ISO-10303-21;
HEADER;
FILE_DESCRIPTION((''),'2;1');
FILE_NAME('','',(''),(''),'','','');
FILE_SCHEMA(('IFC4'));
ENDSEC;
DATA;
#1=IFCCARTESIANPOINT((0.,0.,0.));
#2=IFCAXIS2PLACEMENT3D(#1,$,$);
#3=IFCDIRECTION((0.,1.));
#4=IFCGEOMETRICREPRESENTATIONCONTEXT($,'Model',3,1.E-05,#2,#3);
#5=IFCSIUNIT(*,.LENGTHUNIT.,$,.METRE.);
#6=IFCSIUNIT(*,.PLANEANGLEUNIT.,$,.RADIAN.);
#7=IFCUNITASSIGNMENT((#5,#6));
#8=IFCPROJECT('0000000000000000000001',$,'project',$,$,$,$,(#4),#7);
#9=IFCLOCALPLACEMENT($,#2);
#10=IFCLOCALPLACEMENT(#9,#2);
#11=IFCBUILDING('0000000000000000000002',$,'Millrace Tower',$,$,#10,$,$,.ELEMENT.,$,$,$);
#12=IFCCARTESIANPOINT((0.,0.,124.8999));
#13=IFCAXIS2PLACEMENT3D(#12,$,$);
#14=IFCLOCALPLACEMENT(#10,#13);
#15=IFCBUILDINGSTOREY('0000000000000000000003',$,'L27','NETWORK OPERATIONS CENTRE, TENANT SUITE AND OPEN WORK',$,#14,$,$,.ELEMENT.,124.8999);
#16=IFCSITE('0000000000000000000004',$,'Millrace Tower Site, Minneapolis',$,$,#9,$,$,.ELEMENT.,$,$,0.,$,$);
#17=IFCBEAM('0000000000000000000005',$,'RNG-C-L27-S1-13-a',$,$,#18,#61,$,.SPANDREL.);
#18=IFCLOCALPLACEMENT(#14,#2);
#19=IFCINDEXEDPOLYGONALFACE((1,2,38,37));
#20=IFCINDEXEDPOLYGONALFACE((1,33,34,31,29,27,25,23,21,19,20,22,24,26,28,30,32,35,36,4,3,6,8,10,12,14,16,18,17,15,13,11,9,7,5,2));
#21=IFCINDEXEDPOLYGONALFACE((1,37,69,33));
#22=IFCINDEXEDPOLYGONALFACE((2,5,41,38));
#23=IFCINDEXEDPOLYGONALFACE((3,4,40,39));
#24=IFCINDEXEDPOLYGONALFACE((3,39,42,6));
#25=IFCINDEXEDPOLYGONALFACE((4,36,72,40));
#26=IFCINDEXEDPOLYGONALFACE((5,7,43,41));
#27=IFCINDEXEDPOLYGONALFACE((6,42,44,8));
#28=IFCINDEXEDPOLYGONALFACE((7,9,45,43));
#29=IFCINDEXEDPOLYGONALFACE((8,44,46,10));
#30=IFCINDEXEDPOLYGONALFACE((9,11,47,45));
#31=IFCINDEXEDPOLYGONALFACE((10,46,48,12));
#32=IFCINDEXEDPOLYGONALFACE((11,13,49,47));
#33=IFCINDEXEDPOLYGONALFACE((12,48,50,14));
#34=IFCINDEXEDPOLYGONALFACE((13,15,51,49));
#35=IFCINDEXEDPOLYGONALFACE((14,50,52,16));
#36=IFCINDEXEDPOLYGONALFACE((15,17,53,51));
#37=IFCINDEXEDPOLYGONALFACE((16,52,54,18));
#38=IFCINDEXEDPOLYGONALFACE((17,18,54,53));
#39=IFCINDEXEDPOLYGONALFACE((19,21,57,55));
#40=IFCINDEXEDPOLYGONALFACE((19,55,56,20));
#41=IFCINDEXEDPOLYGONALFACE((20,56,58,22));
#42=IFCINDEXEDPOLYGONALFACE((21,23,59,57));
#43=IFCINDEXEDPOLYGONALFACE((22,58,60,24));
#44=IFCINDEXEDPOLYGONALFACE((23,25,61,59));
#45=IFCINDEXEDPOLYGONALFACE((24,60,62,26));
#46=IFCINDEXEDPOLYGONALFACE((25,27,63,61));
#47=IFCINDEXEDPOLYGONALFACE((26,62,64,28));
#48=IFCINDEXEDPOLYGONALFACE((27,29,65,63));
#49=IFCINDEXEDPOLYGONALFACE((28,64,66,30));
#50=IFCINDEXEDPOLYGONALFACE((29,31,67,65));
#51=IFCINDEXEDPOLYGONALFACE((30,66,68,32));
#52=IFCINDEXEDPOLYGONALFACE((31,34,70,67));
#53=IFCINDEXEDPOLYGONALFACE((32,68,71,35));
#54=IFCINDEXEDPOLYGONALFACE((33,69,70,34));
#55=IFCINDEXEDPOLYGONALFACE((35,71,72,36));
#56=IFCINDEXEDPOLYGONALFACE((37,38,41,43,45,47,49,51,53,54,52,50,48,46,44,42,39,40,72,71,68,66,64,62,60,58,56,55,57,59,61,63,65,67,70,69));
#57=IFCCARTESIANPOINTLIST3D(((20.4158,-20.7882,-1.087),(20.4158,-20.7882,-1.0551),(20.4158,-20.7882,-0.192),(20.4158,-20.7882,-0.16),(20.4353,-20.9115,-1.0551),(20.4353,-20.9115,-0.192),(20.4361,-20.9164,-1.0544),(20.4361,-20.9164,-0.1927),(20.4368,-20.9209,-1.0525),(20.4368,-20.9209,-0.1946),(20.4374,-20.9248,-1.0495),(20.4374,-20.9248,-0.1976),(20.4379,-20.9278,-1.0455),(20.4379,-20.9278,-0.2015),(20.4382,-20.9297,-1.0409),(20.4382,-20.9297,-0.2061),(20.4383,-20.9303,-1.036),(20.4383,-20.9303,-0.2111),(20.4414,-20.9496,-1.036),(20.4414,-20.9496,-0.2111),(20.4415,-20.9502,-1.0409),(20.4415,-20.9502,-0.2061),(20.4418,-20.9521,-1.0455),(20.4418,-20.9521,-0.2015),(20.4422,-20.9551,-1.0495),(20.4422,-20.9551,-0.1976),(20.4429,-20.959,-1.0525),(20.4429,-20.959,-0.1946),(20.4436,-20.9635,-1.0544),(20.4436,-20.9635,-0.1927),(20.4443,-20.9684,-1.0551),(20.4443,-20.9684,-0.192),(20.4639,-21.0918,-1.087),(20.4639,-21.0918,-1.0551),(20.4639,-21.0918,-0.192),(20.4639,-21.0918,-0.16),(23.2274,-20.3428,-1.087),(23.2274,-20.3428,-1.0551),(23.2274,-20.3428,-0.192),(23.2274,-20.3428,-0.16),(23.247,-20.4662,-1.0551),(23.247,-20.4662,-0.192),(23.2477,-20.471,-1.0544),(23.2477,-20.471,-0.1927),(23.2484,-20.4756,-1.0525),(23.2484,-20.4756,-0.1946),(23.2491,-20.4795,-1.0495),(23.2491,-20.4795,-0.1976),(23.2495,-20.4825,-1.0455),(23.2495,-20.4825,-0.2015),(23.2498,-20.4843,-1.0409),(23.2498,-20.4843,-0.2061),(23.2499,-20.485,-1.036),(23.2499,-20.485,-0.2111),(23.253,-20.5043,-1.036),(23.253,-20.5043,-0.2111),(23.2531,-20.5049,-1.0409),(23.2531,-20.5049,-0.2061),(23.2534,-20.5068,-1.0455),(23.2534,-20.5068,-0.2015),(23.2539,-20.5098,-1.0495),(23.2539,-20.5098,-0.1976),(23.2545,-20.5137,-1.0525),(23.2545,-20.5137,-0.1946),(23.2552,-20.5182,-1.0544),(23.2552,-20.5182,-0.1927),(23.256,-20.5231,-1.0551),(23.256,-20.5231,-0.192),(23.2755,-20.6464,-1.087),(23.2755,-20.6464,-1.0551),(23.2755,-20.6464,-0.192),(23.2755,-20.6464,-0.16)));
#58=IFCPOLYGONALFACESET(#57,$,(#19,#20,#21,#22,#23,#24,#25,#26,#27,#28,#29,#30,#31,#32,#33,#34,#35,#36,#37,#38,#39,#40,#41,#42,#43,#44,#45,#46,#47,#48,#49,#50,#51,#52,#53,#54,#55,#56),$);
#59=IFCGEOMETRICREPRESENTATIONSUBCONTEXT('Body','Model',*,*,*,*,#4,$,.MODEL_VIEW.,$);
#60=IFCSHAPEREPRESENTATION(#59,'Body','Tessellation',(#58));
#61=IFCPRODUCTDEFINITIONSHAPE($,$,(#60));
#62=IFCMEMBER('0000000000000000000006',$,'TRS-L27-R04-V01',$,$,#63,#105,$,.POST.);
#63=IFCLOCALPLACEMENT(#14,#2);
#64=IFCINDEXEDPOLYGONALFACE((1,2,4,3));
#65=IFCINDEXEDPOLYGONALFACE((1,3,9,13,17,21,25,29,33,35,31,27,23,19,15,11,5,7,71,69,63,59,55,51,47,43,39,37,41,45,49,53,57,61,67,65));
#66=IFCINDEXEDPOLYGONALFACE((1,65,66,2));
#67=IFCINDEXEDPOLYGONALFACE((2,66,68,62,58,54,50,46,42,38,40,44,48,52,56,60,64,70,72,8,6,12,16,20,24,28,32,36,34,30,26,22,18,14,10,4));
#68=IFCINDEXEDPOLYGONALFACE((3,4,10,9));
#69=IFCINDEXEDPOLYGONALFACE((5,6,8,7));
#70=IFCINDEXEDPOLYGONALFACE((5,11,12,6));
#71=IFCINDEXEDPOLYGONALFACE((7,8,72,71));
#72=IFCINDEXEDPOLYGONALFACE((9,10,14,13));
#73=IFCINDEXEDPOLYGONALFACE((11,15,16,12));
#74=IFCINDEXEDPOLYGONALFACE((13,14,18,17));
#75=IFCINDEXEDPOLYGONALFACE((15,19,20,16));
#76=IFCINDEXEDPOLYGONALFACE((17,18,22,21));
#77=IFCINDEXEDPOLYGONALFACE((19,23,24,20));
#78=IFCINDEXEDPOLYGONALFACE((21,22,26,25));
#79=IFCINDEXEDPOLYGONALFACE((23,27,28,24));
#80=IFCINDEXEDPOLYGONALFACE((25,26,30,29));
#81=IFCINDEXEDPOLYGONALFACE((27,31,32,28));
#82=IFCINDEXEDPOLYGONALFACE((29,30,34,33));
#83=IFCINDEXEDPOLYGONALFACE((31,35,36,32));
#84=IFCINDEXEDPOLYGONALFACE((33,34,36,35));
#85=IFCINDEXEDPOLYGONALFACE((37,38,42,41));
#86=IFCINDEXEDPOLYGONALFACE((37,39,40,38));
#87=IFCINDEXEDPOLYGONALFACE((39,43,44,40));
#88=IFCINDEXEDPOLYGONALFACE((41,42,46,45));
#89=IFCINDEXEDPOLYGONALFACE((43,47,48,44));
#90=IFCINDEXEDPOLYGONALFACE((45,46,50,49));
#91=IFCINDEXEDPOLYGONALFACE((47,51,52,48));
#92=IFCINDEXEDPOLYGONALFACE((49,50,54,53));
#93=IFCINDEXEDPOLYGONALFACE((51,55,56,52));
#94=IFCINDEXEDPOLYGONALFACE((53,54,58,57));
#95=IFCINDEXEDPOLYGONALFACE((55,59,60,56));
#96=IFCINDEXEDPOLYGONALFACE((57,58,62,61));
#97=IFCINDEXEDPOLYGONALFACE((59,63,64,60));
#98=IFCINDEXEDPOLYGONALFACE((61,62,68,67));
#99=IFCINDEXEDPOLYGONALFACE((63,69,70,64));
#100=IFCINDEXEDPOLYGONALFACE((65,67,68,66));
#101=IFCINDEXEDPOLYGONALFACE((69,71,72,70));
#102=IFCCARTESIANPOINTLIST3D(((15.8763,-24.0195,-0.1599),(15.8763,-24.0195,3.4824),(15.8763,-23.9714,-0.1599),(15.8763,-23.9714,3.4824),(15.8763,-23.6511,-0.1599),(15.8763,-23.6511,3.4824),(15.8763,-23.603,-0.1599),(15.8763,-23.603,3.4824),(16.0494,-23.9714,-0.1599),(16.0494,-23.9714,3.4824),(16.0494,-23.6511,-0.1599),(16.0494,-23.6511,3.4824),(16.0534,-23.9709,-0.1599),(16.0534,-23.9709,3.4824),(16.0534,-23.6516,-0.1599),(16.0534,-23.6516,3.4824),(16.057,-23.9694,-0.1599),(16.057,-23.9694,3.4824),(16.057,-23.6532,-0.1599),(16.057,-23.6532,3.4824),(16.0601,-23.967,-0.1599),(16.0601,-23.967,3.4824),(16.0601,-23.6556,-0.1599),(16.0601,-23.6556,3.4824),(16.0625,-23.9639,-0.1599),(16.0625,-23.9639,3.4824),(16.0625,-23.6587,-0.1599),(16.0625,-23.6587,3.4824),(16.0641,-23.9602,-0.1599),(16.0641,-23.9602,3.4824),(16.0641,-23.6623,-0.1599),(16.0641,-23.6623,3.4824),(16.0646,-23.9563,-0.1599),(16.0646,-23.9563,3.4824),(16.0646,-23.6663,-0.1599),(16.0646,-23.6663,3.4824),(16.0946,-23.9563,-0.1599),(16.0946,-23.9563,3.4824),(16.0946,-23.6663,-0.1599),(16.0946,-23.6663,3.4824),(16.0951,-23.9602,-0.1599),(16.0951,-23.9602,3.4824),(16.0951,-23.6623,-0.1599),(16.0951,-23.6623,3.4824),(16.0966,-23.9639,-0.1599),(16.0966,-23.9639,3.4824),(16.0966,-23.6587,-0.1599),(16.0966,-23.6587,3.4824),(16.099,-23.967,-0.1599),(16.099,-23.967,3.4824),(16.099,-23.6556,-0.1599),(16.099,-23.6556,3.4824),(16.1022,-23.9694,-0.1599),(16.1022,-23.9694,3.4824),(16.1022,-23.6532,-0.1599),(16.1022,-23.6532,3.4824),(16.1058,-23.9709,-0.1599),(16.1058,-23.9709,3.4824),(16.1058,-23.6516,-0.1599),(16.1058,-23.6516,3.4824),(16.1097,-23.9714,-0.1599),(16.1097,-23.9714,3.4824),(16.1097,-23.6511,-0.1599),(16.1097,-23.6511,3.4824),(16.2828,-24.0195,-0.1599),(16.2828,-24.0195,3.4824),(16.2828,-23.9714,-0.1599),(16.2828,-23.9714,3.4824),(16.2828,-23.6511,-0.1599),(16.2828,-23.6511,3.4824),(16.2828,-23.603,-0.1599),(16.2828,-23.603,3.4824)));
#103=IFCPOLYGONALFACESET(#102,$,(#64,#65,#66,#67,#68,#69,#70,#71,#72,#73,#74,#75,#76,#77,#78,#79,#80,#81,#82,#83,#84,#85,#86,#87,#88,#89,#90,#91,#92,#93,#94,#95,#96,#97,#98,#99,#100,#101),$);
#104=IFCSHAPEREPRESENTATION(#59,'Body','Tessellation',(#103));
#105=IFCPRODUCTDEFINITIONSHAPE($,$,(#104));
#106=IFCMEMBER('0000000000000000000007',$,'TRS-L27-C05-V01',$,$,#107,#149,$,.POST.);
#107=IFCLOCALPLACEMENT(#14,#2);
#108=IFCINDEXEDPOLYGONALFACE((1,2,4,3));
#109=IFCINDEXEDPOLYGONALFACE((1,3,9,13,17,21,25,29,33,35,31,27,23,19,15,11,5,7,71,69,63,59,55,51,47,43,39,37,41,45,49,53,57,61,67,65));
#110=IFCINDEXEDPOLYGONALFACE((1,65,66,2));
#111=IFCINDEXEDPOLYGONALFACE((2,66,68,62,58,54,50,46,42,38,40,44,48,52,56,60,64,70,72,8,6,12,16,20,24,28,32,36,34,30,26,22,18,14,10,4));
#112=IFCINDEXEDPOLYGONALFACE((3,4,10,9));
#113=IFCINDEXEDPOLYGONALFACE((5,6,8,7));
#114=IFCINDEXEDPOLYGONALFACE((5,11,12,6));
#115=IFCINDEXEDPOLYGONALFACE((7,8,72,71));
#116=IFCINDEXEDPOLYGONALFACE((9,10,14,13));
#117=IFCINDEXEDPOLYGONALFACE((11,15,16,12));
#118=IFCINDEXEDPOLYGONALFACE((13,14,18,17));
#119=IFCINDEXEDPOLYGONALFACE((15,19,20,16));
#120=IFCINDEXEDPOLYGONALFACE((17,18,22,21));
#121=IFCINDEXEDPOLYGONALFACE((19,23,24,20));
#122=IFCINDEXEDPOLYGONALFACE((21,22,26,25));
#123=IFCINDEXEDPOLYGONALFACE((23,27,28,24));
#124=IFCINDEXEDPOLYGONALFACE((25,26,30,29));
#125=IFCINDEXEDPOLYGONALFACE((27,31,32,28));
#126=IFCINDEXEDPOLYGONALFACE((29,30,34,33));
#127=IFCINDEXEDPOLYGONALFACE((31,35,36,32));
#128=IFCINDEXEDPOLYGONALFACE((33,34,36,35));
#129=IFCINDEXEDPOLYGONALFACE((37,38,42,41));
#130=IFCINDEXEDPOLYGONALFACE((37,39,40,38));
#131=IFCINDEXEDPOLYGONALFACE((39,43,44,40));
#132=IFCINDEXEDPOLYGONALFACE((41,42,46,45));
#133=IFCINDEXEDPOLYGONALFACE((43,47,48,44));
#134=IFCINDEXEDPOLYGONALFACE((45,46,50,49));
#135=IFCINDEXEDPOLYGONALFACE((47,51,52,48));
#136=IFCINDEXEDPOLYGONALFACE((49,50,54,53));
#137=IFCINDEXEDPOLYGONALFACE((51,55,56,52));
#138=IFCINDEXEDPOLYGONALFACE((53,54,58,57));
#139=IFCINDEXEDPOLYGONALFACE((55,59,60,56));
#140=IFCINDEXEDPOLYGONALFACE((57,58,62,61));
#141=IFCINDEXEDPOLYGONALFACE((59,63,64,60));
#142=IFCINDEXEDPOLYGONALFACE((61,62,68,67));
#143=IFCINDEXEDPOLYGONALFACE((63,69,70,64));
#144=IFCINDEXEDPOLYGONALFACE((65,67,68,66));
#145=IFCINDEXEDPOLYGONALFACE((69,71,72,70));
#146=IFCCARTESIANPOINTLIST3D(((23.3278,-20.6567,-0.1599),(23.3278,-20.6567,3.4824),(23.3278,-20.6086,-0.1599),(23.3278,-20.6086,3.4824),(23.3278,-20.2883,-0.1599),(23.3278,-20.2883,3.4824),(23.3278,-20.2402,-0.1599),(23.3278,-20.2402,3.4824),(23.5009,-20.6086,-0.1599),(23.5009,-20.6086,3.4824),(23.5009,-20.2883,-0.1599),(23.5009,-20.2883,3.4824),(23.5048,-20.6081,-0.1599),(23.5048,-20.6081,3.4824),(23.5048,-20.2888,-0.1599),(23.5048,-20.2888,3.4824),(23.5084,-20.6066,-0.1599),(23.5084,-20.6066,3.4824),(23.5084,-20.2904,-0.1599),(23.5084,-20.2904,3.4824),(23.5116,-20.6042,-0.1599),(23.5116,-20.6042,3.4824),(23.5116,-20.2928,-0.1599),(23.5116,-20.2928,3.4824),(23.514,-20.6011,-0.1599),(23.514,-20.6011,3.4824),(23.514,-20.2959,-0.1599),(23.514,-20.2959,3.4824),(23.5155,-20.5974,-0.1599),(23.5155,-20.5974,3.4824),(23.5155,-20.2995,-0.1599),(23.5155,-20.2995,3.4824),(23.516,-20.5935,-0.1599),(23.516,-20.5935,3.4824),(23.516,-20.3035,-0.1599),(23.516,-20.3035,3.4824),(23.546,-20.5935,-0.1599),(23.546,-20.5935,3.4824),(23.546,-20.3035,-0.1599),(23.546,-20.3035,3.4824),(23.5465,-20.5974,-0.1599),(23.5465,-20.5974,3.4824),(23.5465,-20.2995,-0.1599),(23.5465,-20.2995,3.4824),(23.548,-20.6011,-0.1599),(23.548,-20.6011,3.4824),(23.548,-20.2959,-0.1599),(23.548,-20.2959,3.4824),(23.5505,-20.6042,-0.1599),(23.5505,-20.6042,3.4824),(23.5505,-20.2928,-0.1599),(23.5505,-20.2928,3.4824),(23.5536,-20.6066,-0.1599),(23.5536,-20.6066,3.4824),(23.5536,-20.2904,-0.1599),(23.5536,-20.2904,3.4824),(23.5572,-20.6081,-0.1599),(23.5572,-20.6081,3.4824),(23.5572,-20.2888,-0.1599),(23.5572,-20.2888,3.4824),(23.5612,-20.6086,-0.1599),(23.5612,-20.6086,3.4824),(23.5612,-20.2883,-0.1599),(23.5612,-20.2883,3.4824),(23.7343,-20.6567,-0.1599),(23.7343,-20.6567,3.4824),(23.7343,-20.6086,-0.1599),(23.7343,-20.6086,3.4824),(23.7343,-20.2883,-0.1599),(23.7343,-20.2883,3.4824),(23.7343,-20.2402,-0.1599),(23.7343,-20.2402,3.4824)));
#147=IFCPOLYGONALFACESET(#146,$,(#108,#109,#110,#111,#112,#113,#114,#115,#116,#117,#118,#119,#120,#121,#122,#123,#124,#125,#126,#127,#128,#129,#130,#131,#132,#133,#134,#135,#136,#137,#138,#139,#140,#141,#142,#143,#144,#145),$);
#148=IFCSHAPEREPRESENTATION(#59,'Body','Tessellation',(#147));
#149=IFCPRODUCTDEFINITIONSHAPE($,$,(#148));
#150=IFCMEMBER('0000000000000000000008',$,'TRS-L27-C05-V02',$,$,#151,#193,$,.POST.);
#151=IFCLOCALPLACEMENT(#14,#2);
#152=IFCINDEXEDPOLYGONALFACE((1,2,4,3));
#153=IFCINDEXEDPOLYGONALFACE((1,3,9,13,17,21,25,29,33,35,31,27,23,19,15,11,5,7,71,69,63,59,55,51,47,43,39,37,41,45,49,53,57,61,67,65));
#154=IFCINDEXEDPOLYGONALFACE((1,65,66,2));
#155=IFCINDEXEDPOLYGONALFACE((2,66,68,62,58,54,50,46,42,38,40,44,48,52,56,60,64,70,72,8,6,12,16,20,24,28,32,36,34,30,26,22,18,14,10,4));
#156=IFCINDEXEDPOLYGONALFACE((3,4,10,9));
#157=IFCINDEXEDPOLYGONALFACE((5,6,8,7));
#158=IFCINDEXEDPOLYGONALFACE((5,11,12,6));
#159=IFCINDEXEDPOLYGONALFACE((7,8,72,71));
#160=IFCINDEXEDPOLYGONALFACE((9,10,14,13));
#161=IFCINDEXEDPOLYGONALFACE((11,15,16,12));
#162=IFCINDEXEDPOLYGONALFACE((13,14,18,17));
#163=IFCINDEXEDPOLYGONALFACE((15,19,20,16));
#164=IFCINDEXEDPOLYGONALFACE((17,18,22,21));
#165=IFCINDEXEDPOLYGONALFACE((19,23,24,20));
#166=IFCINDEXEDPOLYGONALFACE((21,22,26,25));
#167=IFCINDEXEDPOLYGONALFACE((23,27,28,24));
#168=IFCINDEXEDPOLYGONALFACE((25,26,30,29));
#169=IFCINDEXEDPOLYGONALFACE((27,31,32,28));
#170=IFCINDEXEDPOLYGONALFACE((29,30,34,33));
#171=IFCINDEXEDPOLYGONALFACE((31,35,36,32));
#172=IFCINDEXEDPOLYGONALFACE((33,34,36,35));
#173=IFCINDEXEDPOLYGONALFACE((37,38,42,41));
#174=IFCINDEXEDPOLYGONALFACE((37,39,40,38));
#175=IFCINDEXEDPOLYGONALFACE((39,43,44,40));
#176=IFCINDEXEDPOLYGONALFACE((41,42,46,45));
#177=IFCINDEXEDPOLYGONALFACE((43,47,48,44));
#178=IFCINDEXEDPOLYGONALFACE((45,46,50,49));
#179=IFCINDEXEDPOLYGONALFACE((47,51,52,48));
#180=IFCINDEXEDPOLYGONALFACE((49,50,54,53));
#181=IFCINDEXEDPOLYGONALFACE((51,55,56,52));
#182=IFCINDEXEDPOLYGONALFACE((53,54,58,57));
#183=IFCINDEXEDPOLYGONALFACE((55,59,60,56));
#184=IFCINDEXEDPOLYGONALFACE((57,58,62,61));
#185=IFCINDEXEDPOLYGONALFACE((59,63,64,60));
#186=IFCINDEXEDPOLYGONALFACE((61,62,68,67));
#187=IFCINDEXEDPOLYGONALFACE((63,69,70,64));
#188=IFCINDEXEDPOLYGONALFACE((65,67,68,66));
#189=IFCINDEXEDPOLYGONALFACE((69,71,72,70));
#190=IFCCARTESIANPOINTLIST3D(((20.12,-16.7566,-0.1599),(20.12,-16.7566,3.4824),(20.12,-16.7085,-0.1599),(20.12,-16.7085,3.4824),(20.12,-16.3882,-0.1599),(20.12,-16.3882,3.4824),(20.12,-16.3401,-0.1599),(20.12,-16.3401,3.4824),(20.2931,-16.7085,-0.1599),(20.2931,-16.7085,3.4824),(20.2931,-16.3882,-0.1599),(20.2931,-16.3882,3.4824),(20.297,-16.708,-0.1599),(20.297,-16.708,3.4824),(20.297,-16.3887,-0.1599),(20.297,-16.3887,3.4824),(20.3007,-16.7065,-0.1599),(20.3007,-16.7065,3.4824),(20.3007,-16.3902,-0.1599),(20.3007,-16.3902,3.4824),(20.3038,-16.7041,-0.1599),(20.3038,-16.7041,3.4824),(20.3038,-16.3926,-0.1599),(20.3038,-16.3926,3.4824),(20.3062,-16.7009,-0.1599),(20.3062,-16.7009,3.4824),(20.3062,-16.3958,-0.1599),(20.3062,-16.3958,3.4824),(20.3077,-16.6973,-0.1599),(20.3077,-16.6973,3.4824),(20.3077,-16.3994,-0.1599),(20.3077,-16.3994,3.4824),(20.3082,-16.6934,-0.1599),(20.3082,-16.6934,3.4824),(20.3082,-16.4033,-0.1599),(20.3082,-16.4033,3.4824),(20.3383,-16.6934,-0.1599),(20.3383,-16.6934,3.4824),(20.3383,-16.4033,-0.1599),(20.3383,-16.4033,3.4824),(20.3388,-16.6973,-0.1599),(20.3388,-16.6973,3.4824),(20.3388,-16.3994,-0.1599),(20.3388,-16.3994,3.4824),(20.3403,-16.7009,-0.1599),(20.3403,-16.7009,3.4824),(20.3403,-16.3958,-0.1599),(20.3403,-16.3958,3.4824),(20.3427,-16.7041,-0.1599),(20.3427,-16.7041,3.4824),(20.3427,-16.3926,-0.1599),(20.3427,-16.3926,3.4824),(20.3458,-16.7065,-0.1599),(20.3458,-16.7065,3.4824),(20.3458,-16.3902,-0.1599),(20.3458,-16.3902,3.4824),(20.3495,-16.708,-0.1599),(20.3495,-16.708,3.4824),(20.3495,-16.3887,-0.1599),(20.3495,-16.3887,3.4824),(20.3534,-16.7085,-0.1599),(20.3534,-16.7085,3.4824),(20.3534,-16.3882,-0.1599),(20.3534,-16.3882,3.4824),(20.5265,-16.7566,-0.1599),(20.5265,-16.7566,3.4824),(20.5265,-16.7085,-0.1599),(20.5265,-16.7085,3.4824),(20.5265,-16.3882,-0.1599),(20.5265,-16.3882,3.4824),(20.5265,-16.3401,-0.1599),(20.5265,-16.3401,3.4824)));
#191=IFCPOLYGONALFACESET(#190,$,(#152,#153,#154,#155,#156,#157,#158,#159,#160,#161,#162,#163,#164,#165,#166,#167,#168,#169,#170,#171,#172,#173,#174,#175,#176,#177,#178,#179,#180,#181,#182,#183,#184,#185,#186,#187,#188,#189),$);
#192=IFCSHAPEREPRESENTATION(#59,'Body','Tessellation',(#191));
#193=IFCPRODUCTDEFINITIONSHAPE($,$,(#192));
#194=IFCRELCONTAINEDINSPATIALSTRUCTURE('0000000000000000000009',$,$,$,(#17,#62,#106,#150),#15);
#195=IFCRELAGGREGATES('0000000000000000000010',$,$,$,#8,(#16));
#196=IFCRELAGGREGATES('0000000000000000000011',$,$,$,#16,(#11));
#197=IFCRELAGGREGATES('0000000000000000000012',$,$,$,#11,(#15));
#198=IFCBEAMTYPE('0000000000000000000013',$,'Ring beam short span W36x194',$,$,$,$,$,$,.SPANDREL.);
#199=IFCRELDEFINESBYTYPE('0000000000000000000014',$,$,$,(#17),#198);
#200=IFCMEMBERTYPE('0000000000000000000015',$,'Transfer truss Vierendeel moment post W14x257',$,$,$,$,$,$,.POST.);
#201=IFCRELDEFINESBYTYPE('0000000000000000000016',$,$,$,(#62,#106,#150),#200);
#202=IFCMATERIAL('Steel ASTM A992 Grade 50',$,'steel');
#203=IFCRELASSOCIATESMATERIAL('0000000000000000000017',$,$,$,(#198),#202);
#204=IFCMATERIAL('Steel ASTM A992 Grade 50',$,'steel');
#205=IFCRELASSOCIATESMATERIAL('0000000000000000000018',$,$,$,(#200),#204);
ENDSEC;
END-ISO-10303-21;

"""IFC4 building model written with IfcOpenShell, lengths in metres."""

from ifc_helpers import new_model, si_unit, direction, frame, origin, origin_2d, place, context, subcontext, project, spatial, i_section, extrude, material, material_profile, profile_set, type_object, element, save


model = new_model("IFC4")

# Units and contexts
model_context = context("Model", 3, precision=1e-05, world=origin(), true_north=direction((0.0, 1.0)))
body_context = subcontext(model_context, "Body", "Model", "MODEL_VIEW")
ifc_project = project(units=[si_unit("LENGTHUNIT", "METRE"), si_unit("PLANEANGLEUNIT", "RADIAN")], contexts=[model_context])

# Site, building, storey
site_placement = place(None, origin())
site = spatial("IfcSite", under=ifc_project, at=site_placement, Name="Millrace Tower Site, Minneapolis", CompositionType="ELEMENT", RefElevation=0.0)
building_placement = place(site_placement, origin())
building = spatial("IfcBuilding", under=site, at=building_placement, Name="Millrace Tower", CompositionType="ELEMENT")
storey_placement = place(building_placement, frame((0.0, 0.0, 124.8999)))
storey = spatial("IfcBuildingStorey", under=building, at=storey_placement, Name="L27", Description="NETWORK OPERATIONS CENTRE, TENANT SUITE AND OPEN WORK", CompositionType="ELEMENT", Elevation=124.8999)

# Beam
ifc_material_1 = material(Name="Steel ASTM A992 Grade 50", Category="steel")
ifc_material_profile_1 = material_profile(ifc_material_1, i_section(OverallWidth=0.3074, OverallDepth=0.927, WebThickness=0.0195, FlangeThickness=0.032, FilletRadius=0.019, at=origin_2d()))
ifc_profile_set_1 = profile_set([ifc_material_profile_1], Name="Steel ASTM A992 Grade 50")
beam_type_1 = type_object("IfcBeamType", Name="Ring beam short span W36x194", PredefinedType="SPANDREL", material=ifc_profile_set_1)
beam_1_placement = place(storey_placement, frame((23.2515, -20.4946, -0.6235), z_axis=(-0.987688, -0.156438, 0.0), x_axis=(0.156438, -0.987688, 0.0)))
element("IfcBeam", 1, at=beam_1_placement, inside=storey, type_object=beam_type_1, Name="RNG-C-L27-S1-13-a", PredefinedType="SPANDREL", context=body_context, shape_type="SweptSolid", body=[
    extrude(i_section(OverallWidth=0.3074, OverallDepth=0.927, WebThickness=0.0195, FlangeThickness=0.032, FilletRadius=0.019, at=origin_2d()), origin(), (0.0, 0.0, 1.0), 2.8467),
])

# Members
ifc_material_2 = material(Name="Steel ASTM A992 Grade 50", Category="steel")
ifc_material_profile_2 = material_profile(ifc_material_2, i_section(OverallWidth=0.4065, OverallDepth=0.4165, WebThickness=0.03, FlangeThickness=0.0481, FilletRadius=0.0151, at=origin_2d()))
ifc_profile_set_2 = profile_set([ifc_material_profile_2], Name="Steel ASTM A992 Grade 50")
member_type_1 = type_object("IfcMemberType", Name="Transfer truss Vierendeel moment post W14x257", PredefinedType="POST", material=ifc_profile_set_2)
for number, where, z_axis, x_axis, name in (
    (2, (16.0796, -23.8113, -0.1599), (0.0, 0.0, 1.0), (1.0, 0.0, 0.0), "TRS-L27-R04-V01"),
    (3, (23.531, -20.4485, -0.1599), (0.0, 0.0, 1.0), (1.0, 0.0, 0.0), "TRS-L27-C05-V01"),
    (4, (20.3232, -16.5483, -0.1599), (0.0, 0.0, 1.0), (1.0, 0.0, 0.0), "TRS-L27-C05-V02"),
):
    element("IfcMember", number, at=place(storey_placement, frame(where, z_axis=z_axis, x_axis=x_axis)), inside=storey, type_object=member_type_1, Name=name, PredefinedType="POST", context=body_context, shape_type="SweptSolid", body=[
        extrude(i_section(OverallWidth=0.4065, OverallDepth=0.4165, WebThickness=0.03, FlangeThickness=0.0481, FilletRadius=0.0151, at=origin_2d()), origin(), (0.0, 0.0, 1.0), 3.6423),
    ])

save(model, "model.ifc")
